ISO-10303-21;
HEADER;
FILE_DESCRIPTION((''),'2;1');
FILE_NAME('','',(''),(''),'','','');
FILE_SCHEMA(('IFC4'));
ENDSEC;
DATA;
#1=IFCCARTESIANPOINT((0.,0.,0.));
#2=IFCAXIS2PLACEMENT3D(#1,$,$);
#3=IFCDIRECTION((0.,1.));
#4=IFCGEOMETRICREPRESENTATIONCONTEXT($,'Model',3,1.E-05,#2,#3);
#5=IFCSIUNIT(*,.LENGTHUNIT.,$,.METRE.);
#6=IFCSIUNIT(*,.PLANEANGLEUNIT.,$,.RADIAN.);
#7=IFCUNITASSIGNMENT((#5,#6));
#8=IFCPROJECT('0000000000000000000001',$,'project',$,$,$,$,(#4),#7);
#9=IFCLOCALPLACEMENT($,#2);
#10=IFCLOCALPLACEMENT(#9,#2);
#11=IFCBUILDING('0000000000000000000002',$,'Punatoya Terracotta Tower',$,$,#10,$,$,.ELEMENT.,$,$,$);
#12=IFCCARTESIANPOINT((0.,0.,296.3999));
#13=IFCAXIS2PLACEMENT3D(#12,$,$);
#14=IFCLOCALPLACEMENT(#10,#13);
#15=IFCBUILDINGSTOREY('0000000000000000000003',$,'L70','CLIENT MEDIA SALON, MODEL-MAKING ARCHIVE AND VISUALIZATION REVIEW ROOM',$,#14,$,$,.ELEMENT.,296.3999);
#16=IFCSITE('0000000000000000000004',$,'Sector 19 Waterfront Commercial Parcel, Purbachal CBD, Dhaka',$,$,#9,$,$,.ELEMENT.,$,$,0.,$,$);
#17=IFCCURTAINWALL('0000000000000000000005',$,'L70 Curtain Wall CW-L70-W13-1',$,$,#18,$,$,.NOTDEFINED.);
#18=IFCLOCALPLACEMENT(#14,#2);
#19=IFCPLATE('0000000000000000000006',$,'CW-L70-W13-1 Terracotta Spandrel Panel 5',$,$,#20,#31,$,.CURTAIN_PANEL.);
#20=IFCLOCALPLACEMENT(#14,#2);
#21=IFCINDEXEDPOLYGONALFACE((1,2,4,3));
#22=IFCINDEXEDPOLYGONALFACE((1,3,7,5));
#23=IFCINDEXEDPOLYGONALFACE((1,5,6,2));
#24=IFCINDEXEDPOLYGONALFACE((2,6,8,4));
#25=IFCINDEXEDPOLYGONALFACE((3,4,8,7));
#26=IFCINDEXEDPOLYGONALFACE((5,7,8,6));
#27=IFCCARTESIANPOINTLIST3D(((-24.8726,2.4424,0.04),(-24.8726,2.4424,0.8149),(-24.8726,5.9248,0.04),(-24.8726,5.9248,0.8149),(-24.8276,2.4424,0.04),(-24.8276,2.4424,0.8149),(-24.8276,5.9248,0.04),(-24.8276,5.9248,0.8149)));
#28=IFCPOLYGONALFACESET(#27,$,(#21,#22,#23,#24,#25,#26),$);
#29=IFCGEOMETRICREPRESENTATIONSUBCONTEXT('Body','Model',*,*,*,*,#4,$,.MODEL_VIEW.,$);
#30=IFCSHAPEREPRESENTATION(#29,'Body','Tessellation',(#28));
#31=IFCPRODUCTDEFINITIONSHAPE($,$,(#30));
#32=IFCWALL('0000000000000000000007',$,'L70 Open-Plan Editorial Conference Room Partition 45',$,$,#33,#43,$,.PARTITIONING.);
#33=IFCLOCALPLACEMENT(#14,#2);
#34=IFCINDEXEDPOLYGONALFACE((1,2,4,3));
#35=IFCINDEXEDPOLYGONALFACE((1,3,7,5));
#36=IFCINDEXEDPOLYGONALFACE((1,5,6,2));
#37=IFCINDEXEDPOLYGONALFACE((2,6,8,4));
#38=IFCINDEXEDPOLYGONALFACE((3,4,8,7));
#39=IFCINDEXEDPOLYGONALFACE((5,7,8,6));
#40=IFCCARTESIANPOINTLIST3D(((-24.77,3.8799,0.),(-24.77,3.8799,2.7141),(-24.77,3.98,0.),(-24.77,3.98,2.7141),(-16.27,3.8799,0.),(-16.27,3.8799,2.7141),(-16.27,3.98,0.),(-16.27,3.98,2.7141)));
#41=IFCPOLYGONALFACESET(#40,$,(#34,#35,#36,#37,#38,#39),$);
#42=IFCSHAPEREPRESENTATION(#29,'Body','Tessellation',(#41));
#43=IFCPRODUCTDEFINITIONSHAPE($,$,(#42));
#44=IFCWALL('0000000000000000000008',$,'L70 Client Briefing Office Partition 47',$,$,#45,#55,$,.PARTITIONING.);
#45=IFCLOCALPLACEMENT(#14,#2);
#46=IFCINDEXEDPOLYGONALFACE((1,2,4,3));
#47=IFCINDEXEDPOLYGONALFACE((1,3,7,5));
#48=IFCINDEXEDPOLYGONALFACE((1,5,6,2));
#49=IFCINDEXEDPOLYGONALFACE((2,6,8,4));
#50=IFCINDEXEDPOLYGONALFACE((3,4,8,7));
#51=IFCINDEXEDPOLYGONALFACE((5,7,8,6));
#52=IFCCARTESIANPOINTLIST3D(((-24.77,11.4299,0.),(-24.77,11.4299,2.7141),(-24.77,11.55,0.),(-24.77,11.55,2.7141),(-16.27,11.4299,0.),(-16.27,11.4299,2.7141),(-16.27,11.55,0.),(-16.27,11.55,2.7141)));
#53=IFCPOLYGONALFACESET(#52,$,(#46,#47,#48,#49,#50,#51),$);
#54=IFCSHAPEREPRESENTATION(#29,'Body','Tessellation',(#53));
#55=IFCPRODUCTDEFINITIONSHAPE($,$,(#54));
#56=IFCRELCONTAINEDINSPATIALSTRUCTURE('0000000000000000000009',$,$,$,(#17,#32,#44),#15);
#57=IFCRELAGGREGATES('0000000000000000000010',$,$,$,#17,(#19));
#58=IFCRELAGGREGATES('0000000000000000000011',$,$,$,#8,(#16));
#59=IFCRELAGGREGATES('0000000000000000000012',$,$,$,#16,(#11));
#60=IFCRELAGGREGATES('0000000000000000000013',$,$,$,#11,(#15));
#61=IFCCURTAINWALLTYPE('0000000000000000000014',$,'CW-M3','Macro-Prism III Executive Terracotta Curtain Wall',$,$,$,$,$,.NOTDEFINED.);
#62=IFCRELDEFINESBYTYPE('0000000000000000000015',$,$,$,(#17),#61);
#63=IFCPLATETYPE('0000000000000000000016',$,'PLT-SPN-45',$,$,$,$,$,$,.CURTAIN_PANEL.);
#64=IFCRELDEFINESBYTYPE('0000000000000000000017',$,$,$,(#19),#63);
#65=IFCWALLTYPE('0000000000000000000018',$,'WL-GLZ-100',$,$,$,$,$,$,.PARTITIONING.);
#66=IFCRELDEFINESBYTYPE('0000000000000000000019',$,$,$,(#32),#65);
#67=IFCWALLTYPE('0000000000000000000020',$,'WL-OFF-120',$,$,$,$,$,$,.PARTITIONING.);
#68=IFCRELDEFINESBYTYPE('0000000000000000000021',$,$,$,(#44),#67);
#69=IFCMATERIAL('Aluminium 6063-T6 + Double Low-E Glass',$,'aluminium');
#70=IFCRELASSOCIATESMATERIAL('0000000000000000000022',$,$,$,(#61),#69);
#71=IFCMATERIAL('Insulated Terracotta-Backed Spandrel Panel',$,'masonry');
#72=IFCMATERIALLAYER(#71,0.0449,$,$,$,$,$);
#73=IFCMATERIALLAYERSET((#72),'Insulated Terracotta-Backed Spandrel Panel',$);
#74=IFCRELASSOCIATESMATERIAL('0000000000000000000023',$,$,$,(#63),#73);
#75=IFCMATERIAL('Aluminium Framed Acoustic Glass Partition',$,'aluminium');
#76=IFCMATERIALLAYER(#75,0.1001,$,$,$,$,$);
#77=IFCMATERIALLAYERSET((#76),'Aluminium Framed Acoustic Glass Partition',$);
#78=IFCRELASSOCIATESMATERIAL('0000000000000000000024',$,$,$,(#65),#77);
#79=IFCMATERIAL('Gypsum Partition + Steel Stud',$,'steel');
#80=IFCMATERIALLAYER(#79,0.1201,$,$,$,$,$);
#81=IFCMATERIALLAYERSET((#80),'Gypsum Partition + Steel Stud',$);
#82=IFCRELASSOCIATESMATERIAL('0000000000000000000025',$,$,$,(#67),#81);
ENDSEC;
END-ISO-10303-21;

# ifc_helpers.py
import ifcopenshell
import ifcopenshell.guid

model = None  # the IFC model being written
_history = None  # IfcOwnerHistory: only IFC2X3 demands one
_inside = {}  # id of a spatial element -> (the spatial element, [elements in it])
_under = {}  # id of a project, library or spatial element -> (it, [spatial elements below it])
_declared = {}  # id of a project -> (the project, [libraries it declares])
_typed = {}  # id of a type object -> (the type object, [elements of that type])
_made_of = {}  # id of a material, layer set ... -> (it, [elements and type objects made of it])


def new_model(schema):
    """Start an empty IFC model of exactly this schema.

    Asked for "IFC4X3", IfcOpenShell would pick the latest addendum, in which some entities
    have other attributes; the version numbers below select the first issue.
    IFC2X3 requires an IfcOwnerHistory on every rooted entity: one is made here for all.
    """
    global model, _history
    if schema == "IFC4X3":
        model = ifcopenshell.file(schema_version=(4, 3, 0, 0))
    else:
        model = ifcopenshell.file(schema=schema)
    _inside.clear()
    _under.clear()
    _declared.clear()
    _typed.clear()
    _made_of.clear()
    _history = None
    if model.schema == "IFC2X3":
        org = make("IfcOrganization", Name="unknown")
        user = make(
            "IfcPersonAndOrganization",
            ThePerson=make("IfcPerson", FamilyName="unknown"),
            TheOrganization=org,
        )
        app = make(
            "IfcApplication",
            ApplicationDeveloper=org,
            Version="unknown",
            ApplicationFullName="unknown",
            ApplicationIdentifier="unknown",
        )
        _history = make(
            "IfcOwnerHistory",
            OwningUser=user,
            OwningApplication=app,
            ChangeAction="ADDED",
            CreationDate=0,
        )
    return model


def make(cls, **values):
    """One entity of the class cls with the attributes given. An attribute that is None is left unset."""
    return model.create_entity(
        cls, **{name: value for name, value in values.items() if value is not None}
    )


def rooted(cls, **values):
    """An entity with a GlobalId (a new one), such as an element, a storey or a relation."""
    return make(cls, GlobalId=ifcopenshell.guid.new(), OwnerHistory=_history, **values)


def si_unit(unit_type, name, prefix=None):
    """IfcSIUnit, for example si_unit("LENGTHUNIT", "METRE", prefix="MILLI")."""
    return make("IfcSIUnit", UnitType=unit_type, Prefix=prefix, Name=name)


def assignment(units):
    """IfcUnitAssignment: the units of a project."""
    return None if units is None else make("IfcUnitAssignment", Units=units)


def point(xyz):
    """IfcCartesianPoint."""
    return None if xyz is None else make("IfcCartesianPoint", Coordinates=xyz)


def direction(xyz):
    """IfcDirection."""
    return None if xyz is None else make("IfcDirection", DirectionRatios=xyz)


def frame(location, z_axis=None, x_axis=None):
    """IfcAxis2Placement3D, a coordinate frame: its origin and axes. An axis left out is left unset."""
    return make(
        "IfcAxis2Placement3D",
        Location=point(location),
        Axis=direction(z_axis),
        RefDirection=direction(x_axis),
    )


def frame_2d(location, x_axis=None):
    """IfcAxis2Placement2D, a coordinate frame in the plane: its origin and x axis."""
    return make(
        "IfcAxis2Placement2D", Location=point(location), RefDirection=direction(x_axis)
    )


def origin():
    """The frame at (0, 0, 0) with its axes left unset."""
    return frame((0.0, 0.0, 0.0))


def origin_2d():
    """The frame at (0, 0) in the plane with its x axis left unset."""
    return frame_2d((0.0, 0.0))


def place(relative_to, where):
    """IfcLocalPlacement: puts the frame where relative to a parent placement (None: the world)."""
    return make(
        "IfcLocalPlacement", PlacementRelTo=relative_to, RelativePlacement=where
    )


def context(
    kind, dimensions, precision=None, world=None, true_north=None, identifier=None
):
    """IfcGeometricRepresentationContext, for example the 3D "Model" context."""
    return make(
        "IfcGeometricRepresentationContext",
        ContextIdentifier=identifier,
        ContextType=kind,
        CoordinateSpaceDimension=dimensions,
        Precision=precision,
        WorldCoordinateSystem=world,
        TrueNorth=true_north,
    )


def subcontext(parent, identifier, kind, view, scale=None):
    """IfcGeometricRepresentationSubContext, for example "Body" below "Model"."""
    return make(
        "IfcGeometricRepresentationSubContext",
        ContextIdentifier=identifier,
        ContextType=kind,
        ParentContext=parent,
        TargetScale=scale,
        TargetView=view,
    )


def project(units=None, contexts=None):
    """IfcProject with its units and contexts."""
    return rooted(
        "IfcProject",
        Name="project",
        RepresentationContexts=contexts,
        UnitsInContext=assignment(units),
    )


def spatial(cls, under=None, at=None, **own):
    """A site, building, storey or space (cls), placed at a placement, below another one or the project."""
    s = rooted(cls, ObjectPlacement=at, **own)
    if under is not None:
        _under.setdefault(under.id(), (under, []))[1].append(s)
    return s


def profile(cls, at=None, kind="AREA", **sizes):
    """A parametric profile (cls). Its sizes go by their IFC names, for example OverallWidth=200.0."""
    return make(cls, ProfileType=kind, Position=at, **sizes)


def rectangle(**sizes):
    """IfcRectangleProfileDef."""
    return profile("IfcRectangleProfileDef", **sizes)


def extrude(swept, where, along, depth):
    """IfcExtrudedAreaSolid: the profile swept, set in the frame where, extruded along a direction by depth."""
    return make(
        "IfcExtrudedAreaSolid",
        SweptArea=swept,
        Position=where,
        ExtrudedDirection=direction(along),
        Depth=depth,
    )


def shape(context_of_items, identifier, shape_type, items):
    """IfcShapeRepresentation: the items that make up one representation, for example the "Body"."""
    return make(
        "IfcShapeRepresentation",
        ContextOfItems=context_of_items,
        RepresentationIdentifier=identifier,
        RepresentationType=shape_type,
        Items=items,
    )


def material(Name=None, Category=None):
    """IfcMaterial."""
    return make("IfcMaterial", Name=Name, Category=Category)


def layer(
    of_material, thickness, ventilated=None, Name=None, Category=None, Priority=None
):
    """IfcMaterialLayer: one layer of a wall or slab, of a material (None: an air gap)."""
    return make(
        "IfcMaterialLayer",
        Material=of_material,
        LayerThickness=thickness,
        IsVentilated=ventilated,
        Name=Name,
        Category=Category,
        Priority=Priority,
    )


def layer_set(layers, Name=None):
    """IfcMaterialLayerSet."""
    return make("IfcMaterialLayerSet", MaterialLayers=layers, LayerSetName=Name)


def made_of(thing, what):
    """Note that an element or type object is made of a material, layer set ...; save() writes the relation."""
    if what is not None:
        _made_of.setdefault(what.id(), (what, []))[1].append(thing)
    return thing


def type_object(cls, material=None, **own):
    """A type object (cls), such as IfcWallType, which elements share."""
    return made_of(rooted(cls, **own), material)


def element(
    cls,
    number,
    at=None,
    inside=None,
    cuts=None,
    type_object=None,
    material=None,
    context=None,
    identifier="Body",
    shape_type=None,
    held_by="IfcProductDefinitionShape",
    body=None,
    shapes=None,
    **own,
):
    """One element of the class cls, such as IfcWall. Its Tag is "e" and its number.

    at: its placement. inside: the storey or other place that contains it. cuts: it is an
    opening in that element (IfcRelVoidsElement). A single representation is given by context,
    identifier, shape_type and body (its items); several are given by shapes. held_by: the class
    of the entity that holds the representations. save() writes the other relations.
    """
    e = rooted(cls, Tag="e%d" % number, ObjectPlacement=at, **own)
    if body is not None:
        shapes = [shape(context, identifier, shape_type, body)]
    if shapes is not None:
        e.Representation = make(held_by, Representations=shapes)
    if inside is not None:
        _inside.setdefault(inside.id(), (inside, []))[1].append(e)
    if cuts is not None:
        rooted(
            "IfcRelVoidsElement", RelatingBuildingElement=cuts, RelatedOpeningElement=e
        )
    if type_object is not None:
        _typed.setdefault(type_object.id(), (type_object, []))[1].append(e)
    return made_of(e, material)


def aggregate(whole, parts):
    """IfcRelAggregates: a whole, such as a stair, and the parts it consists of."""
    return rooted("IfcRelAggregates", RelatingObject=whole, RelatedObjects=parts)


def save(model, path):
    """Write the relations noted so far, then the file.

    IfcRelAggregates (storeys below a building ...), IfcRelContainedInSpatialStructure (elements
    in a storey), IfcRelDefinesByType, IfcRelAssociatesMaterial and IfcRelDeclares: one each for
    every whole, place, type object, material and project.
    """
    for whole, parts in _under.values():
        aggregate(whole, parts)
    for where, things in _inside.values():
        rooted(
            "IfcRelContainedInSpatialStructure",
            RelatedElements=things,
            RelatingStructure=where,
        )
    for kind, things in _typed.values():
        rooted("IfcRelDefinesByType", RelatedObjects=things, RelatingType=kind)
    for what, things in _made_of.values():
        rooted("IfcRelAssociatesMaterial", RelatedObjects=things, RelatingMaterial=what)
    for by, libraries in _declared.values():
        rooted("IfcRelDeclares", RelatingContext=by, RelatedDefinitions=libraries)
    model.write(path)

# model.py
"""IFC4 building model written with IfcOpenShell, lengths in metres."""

from ifc_helpers import new_model, si_unit, direction, frame, frame_2d, origin, origin_2d, place, context, subcontext, project, spatial, rectangle, extrude, material, layer, layer_set, type_object, element, aggregate, save


model = new_model("IFC4")

# Units and contexts
model_context = context("Model", 3, precision=1e-05, world=origin(), true_north=direction((0.0, 1.0)))
body_context = subcontext(model_context, "Body", "Model", "MODEL_VIEW")
ifc_project = project(units=[si_unit("LENGTHUNIT", "METRE"), si_unit("PLANEANGLEUNIT", "RADIAN")], contexts=[model_context])

# Site, building, storey
site_placement = place(None, origin())
site = spatial("IfcSite", under=ifc_project, at=site_placement, Name="Sector 19 Waterfront Commercial Parcel, Purbachal CBD, Dhaka", CompositionType="ELEMENT", RefElevation=0.0)
building_placement = place(site_placement, origin())
building = spatial("IfcBuilding", under=site, at=building_placement, Name="Punatoya Terracotta Tower", CompositionType="ELEMENT")
storey_placement = place(building_placement, frame((0.0, 0.0, 296.3999)))
storey = spatial("IfcBuildingStorey", under=building, at=storey_placement, Name="L70", Description="CLIENT MEDIA SALON, MODEL-MAKING ARCHIVE AND VISUALIZATION REVIEW ROOM", CompositionType="ELEMENT", Elevation=296.3999)

# Curtain wall, plate
ifc_material_1 = material(Name="Aluminium 6063-T6 + Double Low-E Glass", Category="aluminium")
curtain_wall_type = type_object("IfcCurtainWallType", Name="CW-M3", Description="Macro-Prism III Executive Terracotta Curtain Wall", PredefinedType="NOTDEFINED", material=ifc_material_1)
curtain_wall_placement = place(storey_placement, origin())
curtain_wall = element("IfcCurtainWall", 1, at=curtain_wall_placement, inside=storey, type_object=curtain_wall_type, Name="L70 Curtain Wall CW-L70-W13-1", PredefinedType="NOTDEFINED")
ifc_material_2 = material(Name="Insulated Terracotta-Backed Spandrel Panel", Category="masonry")
ifc_layer_1 = layer(ifc_material_2, 0.0449)
ifc_layer_set_1 = layer_set([ifc_layer_1], Name="Insulated Terracotta-Backed Spandrel Panel")
plate_type_1 = type_object("IfcPlateType", Name="PLT-SPN-45", PredefinedType="CURTAIN_PANEL", material=ifc_layer_set_1)
plate_1_placement = place(storey_placement, frame((-24.8501, 4.1836, 0.04), z_axis=(0.0, 0.0, 1.0), x_axis=(0.0, -1.0, 0.0)))
plate_1 = element("IfcPlate", 2, at=plate_1_placement, type_object=plate_type_1, Name="CW-L70-W13-1 Terracotta Spandrel Panel 5", PredefinedType="CURTAIN_PANEL", context=body_context, shape_type="SweptSolid", body=[
    extrude(rectangle(XDim=3.4824, YDim=0.0449, at=origin_2d()), origin(), (0.0, 0.0, 1.0), 0.7749),
])
aggregate(curtain_wall, [plate_1])

# Walls
ifc_material_3 = material(Name="Aluminium Framed Acoustic Glass Partition", Category="aluminium")
ifc_layer_2 = layer(ifc_material_3, 0.1001)
ifc_layer_set_2 = layer_set([ifc_layer_2], Name="Aluminium Framed Acoustic Glass Partition")
wall_type_1 = type_object("IfcWallType", Name="WL-GLZ-100", PredefinedType="PARTITIONING", material=ifc_layer_set_2)
wall_1_placement = place(storey_placement, frame((-24.77, 3.9299, 0.0), z_axis=(0.0, 0.0, 1.0), x_axis=(1.0, 0.0, 0.0)))
element("IfcWall", 3, at=wall_1_placement, inside=storey, type_object=wall_type_1, Name="L70 Open-Plan Editorial Conference Room Partition 45", PredefinedType="PARTITIONING", context=body_context, shape_type="SweptSolid", body=[
    extrude(rectangle(XDim=8.5, YDim=0.1001, at=frame_2d((4.25, 0.0))), origin(), (0.0, 0.0, 1.0), 2.7141),
])
ifc_material_4 = material(Name="Gypsum Partition + Steel Stud", Category="steel")
ifc_layer_3 = layer(ifc_material_4, 0.1201)
ifc_layer_set_3 = layer_set([ifc_layer_3], Name="Gypsum Partition + Steel Stud")
wall_type_2 = type_object("IfcWallType", Name="WL-OFF-120", PredefinedType="PARTITIONING", material=ifc_layer_set_3)
wall_2_placement = place(storey_placement, frame((-24.77, 11.49, 0.0), z_axis=(0.0, 0.0, 1.0), x_axis=(1.0, 0.0, 0.0)))
element("IfcWall", 4, at=wall_2_placement, inside=storey, type_object=wall_type_2, Name="L70 Client Briefing Office Partition 47", PredefinedType="PARTITIONING", context=body_context, shape_type="SweptSolid", body=[
    extrude(rectangle(XDim=8.5, YDim=0.1201, at=frame_2d((4.25, 0.0))), origin(), (0.0, 0.0, 1.0), 2.7141),
])

save(model, "model.ifc")
